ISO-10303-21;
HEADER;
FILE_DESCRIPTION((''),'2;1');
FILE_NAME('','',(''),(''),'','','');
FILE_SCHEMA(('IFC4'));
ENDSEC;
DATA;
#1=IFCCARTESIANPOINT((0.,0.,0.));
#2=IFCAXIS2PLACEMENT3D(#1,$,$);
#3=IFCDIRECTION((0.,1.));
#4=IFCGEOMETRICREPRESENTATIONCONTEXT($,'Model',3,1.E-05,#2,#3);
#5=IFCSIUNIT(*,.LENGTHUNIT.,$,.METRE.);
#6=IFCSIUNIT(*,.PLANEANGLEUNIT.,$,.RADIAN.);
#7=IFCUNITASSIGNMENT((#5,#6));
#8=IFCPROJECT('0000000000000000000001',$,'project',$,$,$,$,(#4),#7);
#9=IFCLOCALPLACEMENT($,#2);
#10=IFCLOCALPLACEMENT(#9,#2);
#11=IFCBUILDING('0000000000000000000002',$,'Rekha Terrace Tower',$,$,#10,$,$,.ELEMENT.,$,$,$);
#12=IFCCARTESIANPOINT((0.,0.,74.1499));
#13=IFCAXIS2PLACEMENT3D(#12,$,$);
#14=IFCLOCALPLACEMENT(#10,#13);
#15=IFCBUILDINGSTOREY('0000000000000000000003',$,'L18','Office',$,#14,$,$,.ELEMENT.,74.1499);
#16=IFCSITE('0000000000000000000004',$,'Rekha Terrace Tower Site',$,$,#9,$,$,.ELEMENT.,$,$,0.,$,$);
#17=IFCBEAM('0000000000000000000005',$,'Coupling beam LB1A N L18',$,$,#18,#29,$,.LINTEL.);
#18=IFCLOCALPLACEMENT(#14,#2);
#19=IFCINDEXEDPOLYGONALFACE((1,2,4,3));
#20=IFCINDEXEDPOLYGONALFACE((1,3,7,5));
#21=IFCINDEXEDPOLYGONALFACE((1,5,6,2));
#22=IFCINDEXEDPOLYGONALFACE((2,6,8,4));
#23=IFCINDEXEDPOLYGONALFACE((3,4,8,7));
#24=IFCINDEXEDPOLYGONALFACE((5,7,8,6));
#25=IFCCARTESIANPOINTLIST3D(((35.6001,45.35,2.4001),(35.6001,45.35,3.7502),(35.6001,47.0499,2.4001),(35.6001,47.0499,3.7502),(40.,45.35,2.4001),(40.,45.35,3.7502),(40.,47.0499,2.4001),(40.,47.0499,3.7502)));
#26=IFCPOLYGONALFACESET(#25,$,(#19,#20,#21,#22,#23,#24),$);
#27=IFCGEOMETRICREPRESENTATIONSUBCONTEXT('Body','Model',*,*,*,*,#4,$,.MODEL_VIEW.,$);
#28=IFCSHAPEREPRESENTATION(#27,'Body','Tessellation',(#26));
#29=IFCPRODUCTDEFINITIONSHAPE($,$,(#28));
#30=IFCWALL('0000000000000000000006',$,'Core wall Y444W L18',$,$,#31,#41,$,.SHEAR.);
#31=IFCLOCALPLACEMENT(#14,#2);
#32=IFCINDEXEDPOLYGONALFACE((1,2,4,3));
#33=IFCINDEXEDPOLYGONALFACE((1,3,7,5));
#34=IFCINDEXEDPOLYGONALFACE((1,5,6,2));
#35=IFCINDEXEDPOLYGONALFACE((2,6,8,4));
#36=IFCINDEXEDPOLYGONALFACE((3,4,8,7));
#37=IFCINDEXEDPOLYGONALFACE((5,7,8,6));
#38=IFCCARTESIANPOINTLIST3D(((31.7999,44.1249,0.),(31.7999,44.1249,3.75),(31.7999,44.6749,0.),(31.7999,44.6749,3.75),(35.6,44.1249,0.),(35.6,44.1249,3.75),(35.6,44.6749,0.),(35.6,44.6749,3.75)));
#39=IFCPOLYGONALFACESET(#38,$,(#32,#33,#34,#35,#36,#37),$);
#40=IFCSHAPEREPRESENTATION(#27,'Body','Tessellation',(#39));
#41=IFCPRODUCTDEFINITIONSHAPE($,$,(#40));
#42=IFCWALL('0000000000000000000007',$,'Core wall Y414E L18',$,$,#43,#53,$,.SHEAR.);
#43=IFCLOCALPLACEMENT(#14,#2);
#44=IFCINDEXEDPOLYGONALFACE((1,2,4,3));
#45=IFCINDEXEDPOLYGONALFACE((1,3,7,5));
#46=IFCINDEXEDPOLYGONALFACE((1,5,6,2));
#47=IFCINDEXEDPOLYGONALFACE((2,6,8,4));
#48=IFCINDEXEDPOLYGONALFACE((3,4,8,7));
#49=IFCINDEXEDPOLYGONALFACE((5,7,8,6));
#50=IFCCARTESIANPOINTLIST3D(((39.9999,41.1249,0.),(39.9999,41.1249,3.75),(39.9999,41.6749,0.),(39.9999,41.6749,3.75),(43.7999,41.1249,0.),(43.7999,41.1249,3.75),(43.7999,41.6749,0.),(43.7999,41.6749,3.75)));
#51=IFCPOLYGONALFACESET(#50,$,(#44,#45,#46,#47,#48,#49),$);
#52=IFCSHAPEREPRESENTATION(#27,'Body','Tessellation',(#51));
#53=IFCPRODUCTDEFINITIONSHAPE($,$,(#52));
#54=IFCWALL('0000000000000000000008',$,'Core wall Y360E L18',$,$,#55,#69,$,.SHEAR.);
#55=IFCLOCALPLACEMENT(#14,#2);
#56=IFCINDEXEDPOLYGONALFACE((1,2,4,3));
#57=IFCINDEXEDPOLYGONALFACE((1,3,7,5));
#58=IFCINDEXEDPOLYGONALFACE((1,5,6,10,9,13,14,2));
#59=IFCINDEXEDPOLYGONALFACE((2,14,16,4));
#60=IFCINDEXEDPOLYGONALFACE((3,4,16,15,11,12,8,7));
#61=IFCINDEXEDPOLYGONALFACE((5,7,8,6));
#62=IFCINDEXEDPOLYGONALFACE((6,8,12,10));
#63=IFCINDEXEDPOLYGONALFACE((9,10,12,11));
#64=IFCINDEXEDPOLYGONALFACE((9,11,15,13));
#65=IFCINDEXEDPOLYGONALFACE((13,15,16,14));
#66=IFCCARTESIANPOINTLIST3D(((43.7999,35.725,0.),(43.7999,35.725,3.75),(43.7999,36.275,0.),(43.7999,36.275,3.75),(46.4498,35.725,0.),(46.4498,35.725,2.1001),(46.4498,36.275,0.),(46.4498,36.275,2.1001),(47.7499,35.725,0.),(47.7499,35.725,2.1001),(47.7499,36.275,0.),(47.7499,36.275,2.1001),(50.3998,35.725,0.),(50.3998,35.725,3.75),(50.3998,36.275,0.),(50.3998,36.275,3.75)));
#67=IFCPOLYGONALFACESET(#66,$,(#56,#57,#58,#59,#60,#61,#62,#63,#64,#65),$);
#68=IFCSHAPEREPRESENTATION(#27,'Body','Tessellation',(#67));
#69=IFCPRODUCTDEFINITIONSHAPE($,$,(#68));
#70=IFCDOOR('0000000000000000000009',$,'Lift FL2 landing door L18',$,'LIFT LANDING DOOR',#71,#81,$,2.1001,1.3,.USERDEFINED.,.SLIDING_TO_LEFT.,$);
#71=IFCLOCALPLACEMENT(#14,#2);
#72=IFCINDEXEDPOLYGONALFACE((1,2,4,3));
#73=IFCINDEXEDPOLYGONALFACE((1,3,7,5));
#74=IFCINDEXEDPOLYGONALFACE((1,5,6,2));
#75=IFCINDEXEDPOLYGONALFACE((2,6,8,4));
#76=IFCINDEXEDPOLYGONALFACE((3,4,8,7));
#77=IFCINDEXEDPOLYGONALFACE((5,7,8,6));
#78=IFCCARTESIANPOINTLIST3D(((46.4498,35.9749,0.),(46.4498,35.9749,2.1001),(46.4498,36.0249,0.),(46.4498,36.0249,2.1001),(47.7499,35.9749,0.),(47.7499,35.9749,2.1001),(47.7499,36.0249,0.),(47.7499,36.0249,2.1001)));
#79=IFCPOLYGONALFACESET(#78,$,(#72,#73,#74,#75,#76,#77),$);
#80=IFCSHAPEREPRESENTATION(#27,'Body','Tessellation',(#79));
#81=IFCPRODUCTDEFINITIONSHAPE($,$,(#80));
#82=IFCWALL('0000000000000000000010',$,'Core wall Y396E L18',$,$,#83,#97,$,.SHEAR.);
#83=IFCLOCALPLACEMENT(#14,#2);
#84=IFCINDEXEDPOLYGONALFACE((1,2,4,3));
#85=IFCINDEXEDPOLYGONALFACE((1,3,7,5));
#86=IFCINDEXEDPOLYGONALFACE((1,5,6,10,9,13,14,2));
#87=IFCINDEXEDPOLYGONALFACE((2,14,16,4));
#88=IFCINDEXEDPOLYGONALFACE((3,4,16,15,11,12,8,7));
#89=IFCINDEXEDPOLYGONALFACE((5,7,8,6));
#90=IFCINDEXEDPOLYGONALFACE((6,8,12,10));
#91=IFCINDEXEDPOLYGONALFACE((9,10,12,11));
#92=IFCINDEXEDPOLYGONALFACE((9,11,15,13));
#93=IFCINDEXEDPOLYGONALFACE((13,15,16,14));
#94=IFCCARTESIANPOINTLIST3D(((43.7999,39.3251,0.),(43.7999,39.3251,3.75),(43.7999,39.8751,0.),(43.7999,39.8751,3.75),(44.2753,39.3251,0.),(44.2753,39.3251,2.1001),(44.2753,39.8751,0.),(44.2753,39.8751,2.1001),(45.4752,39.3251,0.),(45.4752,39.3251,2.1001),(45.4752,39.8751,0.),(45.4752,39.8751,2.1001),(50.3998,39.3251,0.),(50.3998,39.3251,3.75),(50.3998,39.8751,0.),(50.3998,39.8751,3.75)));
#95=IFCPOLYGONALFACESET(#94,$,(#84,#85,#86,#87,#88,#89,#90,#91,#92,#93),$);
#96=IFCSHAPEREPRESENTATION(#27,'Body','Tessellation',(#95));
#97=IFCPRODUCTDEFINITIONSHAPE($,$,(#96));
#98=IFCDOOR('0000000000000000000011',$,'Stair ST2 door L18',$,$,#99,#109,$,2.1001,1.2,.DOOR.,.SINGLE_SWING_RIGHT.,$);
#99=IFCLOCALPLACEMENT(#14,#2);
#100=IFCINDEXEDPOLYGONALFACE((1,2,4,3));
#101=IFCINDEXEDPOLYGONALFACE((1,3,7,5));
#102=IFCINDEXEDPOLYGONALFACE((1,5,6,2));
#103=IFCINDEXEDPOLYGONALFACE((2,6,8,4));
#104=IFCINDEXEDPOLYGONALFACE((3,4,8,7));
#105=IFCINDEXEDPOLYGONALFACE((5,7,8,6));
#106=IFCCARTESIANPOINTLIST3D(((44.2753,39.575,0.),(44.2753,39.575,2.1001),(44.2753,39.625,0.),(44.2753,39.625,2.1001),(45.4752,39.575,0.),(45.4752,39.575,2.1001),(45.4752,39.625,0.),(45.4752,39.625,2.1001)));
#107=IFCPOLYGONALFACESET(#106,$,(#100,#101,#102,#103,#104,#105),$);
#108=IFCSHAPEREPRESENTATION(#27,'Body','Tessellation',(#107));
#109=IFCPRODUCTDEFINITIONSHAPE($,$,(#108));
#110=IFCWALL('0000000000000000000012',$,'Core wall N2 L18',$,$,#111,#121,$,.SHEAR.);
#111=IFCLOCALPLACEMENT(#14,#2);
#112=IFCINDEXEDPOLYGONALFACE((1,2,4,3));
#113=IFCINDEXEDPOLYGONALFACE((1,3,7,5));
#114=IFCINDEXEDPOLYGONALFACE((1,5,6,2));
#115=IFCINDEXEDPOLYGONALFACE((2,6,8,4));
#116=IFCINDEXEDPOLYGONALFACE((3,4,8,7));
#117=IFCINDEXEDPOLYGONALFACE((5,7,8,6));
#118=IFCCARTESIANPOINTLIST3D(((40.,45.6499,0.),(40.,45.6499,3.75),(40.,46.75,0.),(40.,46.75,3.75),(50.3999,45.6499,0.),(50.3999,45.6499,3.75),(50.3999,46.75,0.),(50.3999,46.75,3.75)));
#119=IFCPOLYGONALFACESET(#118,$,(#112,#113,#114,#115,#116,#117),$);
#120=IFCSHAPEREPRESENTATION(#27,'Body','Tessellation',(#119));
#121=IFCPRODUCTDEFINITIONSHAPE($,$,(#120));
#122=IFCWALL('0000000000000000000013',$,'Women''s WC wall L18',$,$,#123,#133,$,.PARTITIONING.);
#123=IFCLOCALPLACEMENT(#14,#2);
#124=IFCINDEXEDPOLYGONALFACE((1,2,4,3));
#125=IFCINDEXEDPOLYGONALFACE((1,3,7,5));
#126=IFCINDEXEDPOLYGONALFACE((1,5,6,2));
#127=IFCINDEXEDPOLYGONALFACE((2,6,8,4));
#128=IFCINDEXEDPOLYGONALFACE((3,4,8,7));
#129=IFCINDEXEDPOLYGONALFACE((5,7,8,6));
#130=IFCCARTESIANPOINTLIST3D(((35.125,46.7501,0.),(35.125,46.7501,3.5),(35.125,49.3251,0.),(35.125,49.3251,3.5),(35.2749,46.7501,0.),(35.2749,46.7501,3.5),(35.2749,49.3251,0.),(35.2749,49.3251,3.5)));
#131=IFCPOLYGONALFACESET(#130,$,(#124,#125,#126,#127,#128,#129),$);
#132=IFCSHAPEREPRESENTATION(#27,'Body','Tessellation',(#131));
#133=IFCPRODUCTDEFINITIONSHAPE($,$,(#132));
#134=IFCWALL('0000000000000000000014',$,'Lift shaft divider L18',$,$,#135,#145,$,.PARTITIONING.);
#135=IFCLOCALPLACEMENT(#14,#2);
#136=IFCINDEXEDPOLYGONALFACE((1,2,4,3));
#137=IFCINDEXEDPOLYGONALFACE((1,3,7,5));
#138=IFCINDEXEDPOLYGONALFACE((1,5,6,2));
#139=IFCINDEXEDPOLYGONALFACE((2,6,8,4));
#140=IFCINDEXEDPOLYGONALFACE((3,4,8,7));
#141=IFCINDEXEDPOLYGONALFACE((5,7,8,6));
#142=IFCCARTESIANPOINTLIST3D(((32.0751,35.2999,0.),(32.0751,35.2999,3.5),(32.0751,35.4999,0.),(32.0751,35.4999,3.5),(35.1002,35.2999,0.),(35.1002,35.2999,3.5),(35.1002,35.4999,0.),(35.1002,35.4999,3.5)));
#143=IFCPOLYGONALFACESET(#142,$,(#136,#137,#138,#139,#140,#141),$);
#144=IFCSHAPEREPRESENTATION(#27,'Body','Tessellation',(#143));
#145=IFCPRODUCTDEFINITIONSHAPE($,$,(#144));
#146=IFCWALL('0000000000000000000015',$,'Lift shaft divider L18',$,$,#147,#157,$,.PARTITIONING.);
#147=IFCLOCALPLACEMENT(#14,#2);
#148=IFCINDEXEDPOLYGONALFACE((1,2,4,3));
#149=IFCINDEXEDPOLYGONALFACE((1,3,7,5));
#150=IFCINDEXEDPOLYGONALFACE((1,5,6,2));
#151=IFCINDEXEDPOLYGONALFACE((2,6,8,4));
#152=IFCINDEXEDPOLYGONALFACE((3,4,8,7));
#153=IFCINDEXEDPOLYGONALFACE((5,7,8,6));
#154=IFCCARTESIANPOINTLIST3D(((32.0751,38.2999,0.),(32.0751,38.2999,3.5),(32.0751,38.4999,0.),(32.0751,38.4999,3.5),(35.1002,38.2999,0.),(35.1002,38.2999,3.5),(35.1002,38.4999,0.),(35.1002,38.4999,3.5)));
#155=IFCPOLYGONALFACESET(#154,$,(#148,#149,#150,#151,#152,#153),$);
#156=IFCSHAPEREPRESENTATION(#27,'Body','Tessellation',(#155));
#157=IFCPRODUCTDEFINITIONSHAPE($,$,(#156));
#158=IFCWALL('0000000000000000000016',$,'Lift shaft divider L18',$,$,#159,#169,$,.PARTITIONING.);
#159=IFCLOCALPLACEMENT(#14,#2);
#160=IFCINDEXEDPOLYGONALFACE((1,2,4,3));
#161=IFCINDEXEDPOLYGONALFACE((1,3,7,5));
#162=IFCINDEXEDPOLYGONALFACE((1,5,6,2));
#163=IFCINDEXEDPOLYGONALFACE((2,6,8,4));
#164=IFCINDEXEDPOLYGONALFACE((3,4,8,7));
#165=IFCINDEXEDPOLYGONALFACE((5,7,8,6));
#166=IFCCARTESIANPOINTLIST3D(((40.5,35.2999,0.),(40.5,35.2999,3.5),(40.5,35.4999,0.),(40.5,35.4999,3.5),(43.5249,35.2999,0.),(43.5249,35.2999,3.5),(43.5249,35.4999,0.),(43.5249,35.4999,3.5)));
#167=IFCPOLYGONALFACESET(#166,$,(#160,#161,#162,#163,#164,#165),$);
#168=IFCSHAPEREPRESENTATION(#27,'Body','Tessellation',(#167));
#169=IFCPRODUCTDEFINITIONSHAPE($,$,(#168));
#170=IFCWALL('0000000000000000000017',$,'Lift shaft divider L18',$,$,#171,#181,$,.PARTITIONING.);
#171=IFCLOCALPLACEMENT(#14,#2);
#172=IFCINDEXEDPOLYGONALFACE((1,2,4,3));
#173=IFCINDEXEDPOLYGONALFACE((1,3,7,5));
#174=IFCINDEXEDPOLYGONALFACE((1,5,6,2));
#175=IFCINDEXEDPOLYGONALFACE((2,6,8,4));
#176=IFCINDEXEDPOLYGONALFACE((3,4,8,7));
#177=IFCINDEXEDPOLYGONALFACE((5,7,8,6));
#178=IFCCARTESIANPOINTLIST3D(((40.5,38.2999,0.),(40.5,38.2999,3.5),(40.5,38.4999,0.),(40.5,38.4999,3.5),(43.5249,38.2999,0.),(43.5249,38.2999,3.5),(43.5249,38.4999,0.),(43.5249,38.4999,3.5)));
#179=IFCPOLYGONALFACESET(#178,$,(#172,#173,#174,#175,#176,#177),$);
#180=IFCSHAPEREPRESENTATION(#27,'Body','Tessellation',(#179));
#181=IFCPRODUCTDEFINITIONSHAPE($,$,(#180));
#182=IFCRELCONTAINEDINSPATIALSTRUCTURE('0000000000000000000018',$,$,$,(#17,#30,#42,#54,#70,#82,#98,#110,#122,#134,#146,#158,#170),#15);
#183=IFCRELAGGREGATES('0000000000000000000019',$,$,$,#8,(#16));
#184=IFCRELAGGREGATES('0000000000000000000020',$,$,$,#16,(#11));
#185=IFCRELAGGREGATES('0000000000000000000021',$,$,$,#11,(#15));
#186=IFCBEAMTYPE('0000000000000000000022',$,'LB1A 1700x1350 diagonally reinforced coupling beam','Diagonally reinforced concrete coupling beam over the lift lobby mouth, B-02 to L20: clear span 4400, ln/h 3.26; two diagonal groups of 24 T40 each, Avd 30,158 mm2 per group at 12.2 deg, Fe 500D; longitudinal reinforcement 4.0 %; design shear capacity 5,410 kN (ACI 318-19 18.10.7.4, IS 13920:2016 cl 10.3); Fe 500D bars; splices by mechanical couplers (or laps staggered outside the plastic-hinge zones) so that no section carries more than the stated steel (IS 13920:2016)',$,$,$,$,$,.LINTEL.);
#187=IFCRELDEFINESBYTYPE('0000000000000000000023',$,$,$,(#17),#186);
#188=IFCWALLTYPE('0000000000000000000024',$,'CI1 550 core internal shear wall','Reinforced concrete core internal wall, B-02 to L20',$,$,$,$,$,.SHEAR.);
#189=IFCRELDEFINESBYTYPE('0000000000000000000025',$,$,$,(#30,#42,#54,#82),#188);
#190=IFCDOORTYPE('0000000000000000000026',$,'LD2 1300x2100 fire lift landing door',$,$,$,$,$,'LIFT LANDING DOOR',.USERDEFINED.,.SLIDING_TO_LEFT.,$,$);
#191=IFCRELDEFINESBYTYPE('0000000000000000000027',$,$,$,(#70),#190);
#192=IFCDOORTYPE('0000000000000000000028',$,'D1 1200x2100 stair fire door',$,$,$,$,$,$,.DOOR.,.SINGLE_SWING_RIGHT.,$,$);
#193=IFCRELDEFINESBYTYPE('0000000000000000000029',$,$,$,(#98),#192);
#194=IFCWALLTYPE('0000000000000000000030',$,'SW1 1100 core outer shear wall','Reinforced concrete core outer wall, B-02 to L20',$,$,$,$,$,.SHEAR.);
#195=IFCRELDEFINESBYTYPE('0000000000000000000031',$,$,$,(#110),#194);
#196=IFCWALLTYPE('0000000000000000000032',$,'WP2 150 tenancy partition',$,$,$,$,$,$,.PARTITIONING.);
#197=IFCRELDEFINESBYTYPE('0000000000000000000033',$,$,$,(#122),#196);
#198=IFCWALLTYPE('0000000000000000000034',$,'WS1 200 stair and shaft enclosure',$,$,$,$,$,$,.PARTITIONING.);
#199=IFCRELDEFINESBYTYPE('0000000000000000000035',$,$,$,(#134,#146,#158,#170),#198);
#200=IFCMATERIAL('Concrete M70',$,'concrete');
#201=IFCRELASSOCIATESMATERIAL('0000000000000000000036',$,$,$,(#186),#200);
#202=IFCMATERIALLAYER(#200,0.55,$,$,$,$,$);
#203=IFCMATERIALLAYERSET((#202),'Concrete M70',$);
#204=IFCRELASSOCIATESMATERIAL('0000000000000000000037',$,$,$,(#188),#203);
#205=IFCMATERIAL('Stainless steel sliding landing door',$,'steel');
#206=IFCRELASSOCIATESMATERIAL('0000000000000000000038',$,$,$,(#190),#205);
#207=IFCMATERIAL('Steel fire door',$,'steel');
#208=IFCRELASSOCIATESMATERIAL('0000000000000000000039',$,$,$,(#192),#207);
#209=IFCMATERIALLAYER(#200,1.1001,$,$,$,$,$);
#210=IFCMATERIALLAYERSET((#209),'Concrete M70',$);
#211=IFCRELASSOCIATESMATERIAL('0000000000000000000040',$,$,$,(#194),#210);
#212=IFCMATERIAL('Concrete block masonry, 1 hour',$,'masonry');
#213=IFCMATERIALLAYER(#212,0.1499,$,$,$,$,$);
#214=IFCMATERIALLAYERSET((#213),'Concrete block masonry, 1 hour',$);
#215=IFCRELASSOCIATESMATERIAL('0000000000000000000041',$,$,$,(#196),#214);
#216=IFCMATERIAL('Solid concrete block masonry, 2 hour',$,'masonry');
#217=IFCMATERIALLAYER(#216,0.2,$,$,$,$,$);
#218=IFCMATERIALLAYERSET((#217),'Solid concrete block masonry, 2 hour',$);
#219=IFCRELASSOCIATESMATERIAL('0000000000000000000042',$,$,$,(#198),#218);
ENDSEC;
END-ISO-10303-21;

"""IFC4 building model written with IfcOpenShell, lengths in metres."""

from ifc_helpers import new_model, si_unit, direction, frame, frame_2d, origin, origin_2d, place, context, subcontext, project, spatial, rectangle, extrude, material, layer, layer_set, material_profile, profile_set, type_object, element, fill, save


model = new_model("IFC4")

# Units and contexts
model_context = context("Model", 3, precision=1e-05, world=origin(), true_north=direction((0.0, 1.0)))
body_context = subcontext(model_context, "Body", "Model", "MODEL_VIEW")
ifc_project = project(units=[si_unit("LENGTHUNIT", "METRE"), si_unit("PLANEANGLEUNIT", "RADIAN")], contexts=[model_context])

# Site, building, storey
site_placement = place(None, origin())
site = spatial("IfcSite", under=ifc_project, at=site_placement, Name="Rekha Terrace Tower Site", CompositionType="ELEMENT", RefElevation=0.0)
building_placement = place(site_placement, origin())
building = spatial("IfcBuilding", under=site, at=building_placement, Name="Rekha Terrace Tower", CompositionType="ELEMENT")
storey_placement = place(building_placement, frame((0.0, 0.0, 74.1499)))
storey = spatial("IfcBuildingStorey", under=building, at=storey_placement, Name="L18", Description="Office", CompositionType="ELEMENT", Elevation=74.1499)

# Beam
ifc_material_1 = material(Name="Concrete M70", Category="concrete")
ifc_material_profile = material_profile(ifc_material_1, rectangle(XDim=1.7, YDim=1.3501, at=origin_2d()), Name="RC 1700x1350")
ifc_profile_set = profile_set([ifc_material_profile], Name="Concrete M70")
beam_type = type_object("IfcBeamType", Name="LB1A 1700x1350 diagonally reinforced coupling beam", Description="Diagonally reinforced concrete coupling beam over the lift lobby mouth, B-02 to L20: clear span 4400, ln/h 3.26; two diagonal groups of 24 T40 each, Avd 30,158 mm2 per group at 12.2 deg, Fe 500D; longitudinal reinforcement 4.0 %; design shear capacity 5,410 kN (ACI 318-19 18.10.7.4, IS 13920:2016 cl 10.3); Fe 500D bars; splices by mechanical couplers (or laps staggered outside the plastic-hinge zones) so that no section carries more than the stated steel (IS 13920:2016)", PredefinedType="LINTEL", material=ifc_profile_set)
beam_placement = place(storey_placement, frame((35.6001, 46.2, 3.0752), z_axis=(1.0, 0.0, 0.0), x_axis=(0.0, 1.0, 0.0)))
element("IfcBeam", 1, at=beam_placement, inside=storey, type_object=beam_type, Name="Coupling beam LB1A N L18", PredefinedType="LINTEL", context=body_context, shape_type="SweptSolid", body=[
    extrude(rectangle(XDim=1.7, YDim=1.3501, at=origin_2d()), origin(), (0.0, 0.0, 1.0), 4.3999),
])

# Walls
ifc_layer_1 = layer(ifc_material_1, 0.55)
ifc_layer_set_1 = layer_set([ifc_layer_1], Name="Concrete M70")
wall_type_1 = type_object("IfcWallType", Name="CI1 550 core internal shear wall", Description="Reinforced concrete core internal wall, B-02 to L20", PredefinedType="SHEAR", material=ifc_layer_set_1)
for number, where, z_axis, x_axis, name in (
    (2, (31.8, 44.3999, 0.0), (0.0, 0.0, 1.0), (1.0, 0.0, 0.0), "Core wall Y444W L18"),
    (3, (40.0, 41.3999, 0.0), (0.0, 0.0, 1.0), (1.0, 0.0, 0.0), "Core wall Y414E L18"),
):
    element("IfcWall", number, at=place(storey_placement, frame(where, z_axis=z_axis, x_axis=x_axis)), inside=storey, type_object=wall_type_1, Name=name, PredefinedType="SHEAR", context=body_context, shape_type="SweptSolid", body=[
        extrude(rectangle(XDim=3.8, YDim=0.55, at=frame_2d((1.8999, 0.0))), origin(), (0.0, 0.0, 1.0), 3.75),
    ])

# Walls, openings, doors
wall_1_placement = place(storey_placement, frame((43.8, 36.0, 0.0), z_axis=(0.0, 0.0, 1.0), x_axis=(1.0, 0.0, 0.0)))
wall_1 = element("IfcWall", 4, at=wall_1_placement, inside=storey, type_object=wall_type_1, Name="Core wall Y360E L18", PredefinedType="SHEAR", context=body_context, shape_type="SweptSolid", body=[
    extrude(rectangle(XDim=6.5999, YDim=0.55, at=frame_2d((3.2998, 0.0))), origin(), (0.0, 0.0, 1.0), 3.75),
])
opening_1_placement = place(wall_1_placement, frame((2.6499, 0.0, 0.0)))
opening_1 = element("IfcOpeningElement", 5, at=opening_1_placement, cuts=wall_1, PredefinedType="OPENING", context=body_context, shape_type="SweptSolid", body=[
    extrude(rectangle(XDim=1.3, YDim=2.1001, at=frame_2d((0.6499, 1.05))), frame((0.0, 0.2849, 0.0), z_axis=(0.0, -1.0, 0.0), x_axis=(1.0, 0.0, 0.0)), (0.0, 0.0, 1.0), 0.5701),
])
ifc_material_2 = material(Name="Stainless steel sliding landing door", Category="steel")
door_type_1 = type_object("IfcDoorType", Name="LD2 1300x2100 fire lift landing door", ElementType="LIFT LANDING DOOR", OperationType="SLIDING_TO_LEFT", PredefinedType="USERDEFINED", material=ifc_material_2)
door_1_placement = place(opening_1_placement, origin())
door_1 = element("IfcDoor", 6, at=door_1_placement, inside=storey, type_object=door_type_1, Name="Lift FL2 landing door L18", ObjectType="LIFT LANDING DOOR", OperationType="SLIDING_TO_LEFT", OverallHeight=2.1001, OverallWidth=1.3, PredefinedType="USERDEFINED", context=body_context, shape_type="SweptSolid", body=[
    extrude(rectangle(XDim=1.3, YDim=2.1001, at=frame_2d((0.6499, 1.05))), frame((0.0, 0.0249, 0.0), z_axis=(0.0, -1.0, 0.0), x_axis=(1.0, 0.0, 0.0)), (0.0, 0.0, 1.0), 0.05),
])
fill(opening_1, door_1)
wall_2_placement = place(storey_placement, frame((43.8, 39.6001, 0.0), z_axis=(0.0, 0.0, 1.0), x_axis=(1.0, 0.0, 0.0)))
wall_2 = element("IfcWall", 7, at=wall_2_placement, inside=storey, type_object=wall_type_1, Name="Core wall Y396E L18", PredefinedType="SHEAR", context=body_context, shape_type="SweptSolid", body=[
    extrude(rectangle(XDim=6.5999, YDim=0.55, at=frame_2d((3.2998, 0.0))), origin(), (0.0, 0.0, 1.0), 3.75),
])
opening_2_placement = place(wall_2_placement, frame((0.4751, 0.0, 0.0)))
opening_2 = element("IfcOpeningElement", 8, at=opening_2_placement, cuts=wall_2, PredefinedType="OPENING", context=body_context, shape_type="SweptSolid", body=[
    extrude(rectangle(XDim=1.2, YDim=2.1001, at=frame_2d((0.6001, 1.05))), frame((0.0, 0.2849, 0.0), z_axis=(0.0, -1.0, 0.0), x_axis=(1.0, 0.0, 0.0)), (0.0, 0.0, 1.0), 0.5701),
])
ifc_material_3 = material(Name="Steel fire door", Category="steel")
door_type_2 = type_object("IfcDoorType", Name="D1 1200x2100 stair fire door", OperationType="SINGLE_SWING_RIGHT", PredefinedType="DOOR", material=ifc_material_3)
door_2_placement = place(opening_2_placement, origin())
door_2 = element("IfcDoor", 9, at=door_2_placement, inside=storey, type_object=door_type_2, Name="Stair ST2 door L18", OperationType="SINGLE_SWING_RIGHT", OverallHeight=2.1001, OverallWidth=1.2, PredefinedType="DOOR", context=body_context, shape_type="SweptSolid", body=[
    extrude(rectangle(XDim=1.2, YDim=2.1001, at=frame_2d((0.6001, 1.05))), frame((0.0, 0.0249, 0.0), z_axis=(0.0, -1.0, 0.0), x_axis=(1.0, 0.0, 0.0)), (0.0, 0.0, 1.0), 0.05),
])
fill(opening_2, door_2)

# Walls
ifc_layer_2 = layer(ifc_material_1, 1.1001)
ifc_layer_set_2 = layer_set([ifc_layer_2], Name="Concrete M70")
wall_type_2 = type_object("IfcWallType", Name="SW1 1100 core outer shear wall", Description="Reinforced concrete core outer wall, B-02 to L20", PredefinedType="SHEAR", material=ifc_layer_set_2)
wall_3_placement = place(storey_placement, frame((40.0, 46.2, 0.0), z_axis=(0.0, 0.0, 1.0), x_axis=(1.0, 0.0, 0.0)))
element("IfcWall", 10, at=wall_3_placement, inside=storey, type_object=wall_type_2, Name="Core wall N2 L18", PredefinedType="SHEAR", context=body_context, shape_type="SweptSolid", body=[
    extrude(rectangle(XDim=10.3999, YDim=1.1001, at=frame_2d((5.2, 0.0))), origin(), (0.0, 0.0, 1.0), 3.75),
])
ifc_material_4 = material(Name="Concrete block masonry, 1 hour", Category="masonry")
ifc_layer_3 = layer(ifc_material_4, 0.1499)
ifc_layer_set_3 = layer_set([ifc_layer_3], Name="Concrete block masonry, 1 hour")
wall_type_3 = type_object("IfcWallType", Name="WP2 150 tenancy partition", PredefinedType="PARTITIONING", material=ifc_layer_set_3)
wall_4_placement = place(storey_placement, frame((35.2, 46.75, 0.0), z_axis=(0.0, 0.0, 1.0), x_axis=(0.0, 1.0, 0.0)))
element("IfcWall", 11, at=wall_4_placement, inside=storey, type_object=wall_type_3, Name="Women's WC wall L18", PredefinedType="PARTITIONING", context=body_context, shape_type="SweptSolid", body=[
    extrude(rectangle(XDim=2.575, YDim=0.1499, at=frame_2d((1.2876, 0.0))), origin(), (0.0, 0.0, 1.0), 3.5),
])
ifc_material_5 = material(Name="Solid concrete block masonry, 2 hour", Category="masonry")
ifc_layer_4 = layer(ifc_material_5, 0.2)
ifc_layer_set_4 = layer_set([ifc_layer_4], Name="Solid concrete block masonry, 2 hour")
wall_type_4 = type_object("IfcWallType", Name="WS1 200 stair and shaft enclosure", PredefinedType="PARTITIONING", material=ifc_layer_set_4)
for number, where, z_axis, x_axis, name in (
    (12, (32.075, 35.3999, 0.0), (0.0, 0.0, 1.0), (1.0, 0.0, 0.0), "Lift shaft divider L18"),
    (13, (32.075, 38.3999, 0.0), (0.0, 0.0, 1.0), (1.0, 0.0, 0.0), "Lift shaft divider L18"),
):
    element("IfcWall", number, at=place(storey_placement, frame(where, z_axis=z_axis, x_axis=x_axis)), inside=storey, type_object=wall_type_4, Name=name, PredefinedType="PARTITIONING", context=body_context, shape_type="SweptSolid", body=[
        extrude(rectangle(XDim=3.0251, YDim=0.2, at=frame_2d((1.5127, 0.0))), origin(), (0.0, 0.0, 1.0), 3.5),
    ])
for number, where, z_axis, x_axis, name in (
    (14, (40.5, 35.3999, 0.0), (0.0, 0.0, 1.0), (1.0, 0.0, 0.0), "Lift shaft divider L18"),
    (15, (40.5, 38.3999, 0.0), (0.0, 0.0, 1.0), (1.0, 0.0, 0.0), "Lift shaft divider L18"),
):
    element("IfcWall", number, at=place(storey_placement, frame(where, z_axis=z_axis, x_axis=x_axis)), inside=storey, type_object=wall_type_4, Name=name, PredefinedType="PARTITIONING", context=body_context, shape_type="SweptSolid", body=[
        extrude(rectangle(XDim=3.0249, YDim=0.2, at=frame_2d((1.5125, 0.0))), origin(), (0.0, 0.0, 1.0), 3.5),
    ])

save(model, "model.ifc")
